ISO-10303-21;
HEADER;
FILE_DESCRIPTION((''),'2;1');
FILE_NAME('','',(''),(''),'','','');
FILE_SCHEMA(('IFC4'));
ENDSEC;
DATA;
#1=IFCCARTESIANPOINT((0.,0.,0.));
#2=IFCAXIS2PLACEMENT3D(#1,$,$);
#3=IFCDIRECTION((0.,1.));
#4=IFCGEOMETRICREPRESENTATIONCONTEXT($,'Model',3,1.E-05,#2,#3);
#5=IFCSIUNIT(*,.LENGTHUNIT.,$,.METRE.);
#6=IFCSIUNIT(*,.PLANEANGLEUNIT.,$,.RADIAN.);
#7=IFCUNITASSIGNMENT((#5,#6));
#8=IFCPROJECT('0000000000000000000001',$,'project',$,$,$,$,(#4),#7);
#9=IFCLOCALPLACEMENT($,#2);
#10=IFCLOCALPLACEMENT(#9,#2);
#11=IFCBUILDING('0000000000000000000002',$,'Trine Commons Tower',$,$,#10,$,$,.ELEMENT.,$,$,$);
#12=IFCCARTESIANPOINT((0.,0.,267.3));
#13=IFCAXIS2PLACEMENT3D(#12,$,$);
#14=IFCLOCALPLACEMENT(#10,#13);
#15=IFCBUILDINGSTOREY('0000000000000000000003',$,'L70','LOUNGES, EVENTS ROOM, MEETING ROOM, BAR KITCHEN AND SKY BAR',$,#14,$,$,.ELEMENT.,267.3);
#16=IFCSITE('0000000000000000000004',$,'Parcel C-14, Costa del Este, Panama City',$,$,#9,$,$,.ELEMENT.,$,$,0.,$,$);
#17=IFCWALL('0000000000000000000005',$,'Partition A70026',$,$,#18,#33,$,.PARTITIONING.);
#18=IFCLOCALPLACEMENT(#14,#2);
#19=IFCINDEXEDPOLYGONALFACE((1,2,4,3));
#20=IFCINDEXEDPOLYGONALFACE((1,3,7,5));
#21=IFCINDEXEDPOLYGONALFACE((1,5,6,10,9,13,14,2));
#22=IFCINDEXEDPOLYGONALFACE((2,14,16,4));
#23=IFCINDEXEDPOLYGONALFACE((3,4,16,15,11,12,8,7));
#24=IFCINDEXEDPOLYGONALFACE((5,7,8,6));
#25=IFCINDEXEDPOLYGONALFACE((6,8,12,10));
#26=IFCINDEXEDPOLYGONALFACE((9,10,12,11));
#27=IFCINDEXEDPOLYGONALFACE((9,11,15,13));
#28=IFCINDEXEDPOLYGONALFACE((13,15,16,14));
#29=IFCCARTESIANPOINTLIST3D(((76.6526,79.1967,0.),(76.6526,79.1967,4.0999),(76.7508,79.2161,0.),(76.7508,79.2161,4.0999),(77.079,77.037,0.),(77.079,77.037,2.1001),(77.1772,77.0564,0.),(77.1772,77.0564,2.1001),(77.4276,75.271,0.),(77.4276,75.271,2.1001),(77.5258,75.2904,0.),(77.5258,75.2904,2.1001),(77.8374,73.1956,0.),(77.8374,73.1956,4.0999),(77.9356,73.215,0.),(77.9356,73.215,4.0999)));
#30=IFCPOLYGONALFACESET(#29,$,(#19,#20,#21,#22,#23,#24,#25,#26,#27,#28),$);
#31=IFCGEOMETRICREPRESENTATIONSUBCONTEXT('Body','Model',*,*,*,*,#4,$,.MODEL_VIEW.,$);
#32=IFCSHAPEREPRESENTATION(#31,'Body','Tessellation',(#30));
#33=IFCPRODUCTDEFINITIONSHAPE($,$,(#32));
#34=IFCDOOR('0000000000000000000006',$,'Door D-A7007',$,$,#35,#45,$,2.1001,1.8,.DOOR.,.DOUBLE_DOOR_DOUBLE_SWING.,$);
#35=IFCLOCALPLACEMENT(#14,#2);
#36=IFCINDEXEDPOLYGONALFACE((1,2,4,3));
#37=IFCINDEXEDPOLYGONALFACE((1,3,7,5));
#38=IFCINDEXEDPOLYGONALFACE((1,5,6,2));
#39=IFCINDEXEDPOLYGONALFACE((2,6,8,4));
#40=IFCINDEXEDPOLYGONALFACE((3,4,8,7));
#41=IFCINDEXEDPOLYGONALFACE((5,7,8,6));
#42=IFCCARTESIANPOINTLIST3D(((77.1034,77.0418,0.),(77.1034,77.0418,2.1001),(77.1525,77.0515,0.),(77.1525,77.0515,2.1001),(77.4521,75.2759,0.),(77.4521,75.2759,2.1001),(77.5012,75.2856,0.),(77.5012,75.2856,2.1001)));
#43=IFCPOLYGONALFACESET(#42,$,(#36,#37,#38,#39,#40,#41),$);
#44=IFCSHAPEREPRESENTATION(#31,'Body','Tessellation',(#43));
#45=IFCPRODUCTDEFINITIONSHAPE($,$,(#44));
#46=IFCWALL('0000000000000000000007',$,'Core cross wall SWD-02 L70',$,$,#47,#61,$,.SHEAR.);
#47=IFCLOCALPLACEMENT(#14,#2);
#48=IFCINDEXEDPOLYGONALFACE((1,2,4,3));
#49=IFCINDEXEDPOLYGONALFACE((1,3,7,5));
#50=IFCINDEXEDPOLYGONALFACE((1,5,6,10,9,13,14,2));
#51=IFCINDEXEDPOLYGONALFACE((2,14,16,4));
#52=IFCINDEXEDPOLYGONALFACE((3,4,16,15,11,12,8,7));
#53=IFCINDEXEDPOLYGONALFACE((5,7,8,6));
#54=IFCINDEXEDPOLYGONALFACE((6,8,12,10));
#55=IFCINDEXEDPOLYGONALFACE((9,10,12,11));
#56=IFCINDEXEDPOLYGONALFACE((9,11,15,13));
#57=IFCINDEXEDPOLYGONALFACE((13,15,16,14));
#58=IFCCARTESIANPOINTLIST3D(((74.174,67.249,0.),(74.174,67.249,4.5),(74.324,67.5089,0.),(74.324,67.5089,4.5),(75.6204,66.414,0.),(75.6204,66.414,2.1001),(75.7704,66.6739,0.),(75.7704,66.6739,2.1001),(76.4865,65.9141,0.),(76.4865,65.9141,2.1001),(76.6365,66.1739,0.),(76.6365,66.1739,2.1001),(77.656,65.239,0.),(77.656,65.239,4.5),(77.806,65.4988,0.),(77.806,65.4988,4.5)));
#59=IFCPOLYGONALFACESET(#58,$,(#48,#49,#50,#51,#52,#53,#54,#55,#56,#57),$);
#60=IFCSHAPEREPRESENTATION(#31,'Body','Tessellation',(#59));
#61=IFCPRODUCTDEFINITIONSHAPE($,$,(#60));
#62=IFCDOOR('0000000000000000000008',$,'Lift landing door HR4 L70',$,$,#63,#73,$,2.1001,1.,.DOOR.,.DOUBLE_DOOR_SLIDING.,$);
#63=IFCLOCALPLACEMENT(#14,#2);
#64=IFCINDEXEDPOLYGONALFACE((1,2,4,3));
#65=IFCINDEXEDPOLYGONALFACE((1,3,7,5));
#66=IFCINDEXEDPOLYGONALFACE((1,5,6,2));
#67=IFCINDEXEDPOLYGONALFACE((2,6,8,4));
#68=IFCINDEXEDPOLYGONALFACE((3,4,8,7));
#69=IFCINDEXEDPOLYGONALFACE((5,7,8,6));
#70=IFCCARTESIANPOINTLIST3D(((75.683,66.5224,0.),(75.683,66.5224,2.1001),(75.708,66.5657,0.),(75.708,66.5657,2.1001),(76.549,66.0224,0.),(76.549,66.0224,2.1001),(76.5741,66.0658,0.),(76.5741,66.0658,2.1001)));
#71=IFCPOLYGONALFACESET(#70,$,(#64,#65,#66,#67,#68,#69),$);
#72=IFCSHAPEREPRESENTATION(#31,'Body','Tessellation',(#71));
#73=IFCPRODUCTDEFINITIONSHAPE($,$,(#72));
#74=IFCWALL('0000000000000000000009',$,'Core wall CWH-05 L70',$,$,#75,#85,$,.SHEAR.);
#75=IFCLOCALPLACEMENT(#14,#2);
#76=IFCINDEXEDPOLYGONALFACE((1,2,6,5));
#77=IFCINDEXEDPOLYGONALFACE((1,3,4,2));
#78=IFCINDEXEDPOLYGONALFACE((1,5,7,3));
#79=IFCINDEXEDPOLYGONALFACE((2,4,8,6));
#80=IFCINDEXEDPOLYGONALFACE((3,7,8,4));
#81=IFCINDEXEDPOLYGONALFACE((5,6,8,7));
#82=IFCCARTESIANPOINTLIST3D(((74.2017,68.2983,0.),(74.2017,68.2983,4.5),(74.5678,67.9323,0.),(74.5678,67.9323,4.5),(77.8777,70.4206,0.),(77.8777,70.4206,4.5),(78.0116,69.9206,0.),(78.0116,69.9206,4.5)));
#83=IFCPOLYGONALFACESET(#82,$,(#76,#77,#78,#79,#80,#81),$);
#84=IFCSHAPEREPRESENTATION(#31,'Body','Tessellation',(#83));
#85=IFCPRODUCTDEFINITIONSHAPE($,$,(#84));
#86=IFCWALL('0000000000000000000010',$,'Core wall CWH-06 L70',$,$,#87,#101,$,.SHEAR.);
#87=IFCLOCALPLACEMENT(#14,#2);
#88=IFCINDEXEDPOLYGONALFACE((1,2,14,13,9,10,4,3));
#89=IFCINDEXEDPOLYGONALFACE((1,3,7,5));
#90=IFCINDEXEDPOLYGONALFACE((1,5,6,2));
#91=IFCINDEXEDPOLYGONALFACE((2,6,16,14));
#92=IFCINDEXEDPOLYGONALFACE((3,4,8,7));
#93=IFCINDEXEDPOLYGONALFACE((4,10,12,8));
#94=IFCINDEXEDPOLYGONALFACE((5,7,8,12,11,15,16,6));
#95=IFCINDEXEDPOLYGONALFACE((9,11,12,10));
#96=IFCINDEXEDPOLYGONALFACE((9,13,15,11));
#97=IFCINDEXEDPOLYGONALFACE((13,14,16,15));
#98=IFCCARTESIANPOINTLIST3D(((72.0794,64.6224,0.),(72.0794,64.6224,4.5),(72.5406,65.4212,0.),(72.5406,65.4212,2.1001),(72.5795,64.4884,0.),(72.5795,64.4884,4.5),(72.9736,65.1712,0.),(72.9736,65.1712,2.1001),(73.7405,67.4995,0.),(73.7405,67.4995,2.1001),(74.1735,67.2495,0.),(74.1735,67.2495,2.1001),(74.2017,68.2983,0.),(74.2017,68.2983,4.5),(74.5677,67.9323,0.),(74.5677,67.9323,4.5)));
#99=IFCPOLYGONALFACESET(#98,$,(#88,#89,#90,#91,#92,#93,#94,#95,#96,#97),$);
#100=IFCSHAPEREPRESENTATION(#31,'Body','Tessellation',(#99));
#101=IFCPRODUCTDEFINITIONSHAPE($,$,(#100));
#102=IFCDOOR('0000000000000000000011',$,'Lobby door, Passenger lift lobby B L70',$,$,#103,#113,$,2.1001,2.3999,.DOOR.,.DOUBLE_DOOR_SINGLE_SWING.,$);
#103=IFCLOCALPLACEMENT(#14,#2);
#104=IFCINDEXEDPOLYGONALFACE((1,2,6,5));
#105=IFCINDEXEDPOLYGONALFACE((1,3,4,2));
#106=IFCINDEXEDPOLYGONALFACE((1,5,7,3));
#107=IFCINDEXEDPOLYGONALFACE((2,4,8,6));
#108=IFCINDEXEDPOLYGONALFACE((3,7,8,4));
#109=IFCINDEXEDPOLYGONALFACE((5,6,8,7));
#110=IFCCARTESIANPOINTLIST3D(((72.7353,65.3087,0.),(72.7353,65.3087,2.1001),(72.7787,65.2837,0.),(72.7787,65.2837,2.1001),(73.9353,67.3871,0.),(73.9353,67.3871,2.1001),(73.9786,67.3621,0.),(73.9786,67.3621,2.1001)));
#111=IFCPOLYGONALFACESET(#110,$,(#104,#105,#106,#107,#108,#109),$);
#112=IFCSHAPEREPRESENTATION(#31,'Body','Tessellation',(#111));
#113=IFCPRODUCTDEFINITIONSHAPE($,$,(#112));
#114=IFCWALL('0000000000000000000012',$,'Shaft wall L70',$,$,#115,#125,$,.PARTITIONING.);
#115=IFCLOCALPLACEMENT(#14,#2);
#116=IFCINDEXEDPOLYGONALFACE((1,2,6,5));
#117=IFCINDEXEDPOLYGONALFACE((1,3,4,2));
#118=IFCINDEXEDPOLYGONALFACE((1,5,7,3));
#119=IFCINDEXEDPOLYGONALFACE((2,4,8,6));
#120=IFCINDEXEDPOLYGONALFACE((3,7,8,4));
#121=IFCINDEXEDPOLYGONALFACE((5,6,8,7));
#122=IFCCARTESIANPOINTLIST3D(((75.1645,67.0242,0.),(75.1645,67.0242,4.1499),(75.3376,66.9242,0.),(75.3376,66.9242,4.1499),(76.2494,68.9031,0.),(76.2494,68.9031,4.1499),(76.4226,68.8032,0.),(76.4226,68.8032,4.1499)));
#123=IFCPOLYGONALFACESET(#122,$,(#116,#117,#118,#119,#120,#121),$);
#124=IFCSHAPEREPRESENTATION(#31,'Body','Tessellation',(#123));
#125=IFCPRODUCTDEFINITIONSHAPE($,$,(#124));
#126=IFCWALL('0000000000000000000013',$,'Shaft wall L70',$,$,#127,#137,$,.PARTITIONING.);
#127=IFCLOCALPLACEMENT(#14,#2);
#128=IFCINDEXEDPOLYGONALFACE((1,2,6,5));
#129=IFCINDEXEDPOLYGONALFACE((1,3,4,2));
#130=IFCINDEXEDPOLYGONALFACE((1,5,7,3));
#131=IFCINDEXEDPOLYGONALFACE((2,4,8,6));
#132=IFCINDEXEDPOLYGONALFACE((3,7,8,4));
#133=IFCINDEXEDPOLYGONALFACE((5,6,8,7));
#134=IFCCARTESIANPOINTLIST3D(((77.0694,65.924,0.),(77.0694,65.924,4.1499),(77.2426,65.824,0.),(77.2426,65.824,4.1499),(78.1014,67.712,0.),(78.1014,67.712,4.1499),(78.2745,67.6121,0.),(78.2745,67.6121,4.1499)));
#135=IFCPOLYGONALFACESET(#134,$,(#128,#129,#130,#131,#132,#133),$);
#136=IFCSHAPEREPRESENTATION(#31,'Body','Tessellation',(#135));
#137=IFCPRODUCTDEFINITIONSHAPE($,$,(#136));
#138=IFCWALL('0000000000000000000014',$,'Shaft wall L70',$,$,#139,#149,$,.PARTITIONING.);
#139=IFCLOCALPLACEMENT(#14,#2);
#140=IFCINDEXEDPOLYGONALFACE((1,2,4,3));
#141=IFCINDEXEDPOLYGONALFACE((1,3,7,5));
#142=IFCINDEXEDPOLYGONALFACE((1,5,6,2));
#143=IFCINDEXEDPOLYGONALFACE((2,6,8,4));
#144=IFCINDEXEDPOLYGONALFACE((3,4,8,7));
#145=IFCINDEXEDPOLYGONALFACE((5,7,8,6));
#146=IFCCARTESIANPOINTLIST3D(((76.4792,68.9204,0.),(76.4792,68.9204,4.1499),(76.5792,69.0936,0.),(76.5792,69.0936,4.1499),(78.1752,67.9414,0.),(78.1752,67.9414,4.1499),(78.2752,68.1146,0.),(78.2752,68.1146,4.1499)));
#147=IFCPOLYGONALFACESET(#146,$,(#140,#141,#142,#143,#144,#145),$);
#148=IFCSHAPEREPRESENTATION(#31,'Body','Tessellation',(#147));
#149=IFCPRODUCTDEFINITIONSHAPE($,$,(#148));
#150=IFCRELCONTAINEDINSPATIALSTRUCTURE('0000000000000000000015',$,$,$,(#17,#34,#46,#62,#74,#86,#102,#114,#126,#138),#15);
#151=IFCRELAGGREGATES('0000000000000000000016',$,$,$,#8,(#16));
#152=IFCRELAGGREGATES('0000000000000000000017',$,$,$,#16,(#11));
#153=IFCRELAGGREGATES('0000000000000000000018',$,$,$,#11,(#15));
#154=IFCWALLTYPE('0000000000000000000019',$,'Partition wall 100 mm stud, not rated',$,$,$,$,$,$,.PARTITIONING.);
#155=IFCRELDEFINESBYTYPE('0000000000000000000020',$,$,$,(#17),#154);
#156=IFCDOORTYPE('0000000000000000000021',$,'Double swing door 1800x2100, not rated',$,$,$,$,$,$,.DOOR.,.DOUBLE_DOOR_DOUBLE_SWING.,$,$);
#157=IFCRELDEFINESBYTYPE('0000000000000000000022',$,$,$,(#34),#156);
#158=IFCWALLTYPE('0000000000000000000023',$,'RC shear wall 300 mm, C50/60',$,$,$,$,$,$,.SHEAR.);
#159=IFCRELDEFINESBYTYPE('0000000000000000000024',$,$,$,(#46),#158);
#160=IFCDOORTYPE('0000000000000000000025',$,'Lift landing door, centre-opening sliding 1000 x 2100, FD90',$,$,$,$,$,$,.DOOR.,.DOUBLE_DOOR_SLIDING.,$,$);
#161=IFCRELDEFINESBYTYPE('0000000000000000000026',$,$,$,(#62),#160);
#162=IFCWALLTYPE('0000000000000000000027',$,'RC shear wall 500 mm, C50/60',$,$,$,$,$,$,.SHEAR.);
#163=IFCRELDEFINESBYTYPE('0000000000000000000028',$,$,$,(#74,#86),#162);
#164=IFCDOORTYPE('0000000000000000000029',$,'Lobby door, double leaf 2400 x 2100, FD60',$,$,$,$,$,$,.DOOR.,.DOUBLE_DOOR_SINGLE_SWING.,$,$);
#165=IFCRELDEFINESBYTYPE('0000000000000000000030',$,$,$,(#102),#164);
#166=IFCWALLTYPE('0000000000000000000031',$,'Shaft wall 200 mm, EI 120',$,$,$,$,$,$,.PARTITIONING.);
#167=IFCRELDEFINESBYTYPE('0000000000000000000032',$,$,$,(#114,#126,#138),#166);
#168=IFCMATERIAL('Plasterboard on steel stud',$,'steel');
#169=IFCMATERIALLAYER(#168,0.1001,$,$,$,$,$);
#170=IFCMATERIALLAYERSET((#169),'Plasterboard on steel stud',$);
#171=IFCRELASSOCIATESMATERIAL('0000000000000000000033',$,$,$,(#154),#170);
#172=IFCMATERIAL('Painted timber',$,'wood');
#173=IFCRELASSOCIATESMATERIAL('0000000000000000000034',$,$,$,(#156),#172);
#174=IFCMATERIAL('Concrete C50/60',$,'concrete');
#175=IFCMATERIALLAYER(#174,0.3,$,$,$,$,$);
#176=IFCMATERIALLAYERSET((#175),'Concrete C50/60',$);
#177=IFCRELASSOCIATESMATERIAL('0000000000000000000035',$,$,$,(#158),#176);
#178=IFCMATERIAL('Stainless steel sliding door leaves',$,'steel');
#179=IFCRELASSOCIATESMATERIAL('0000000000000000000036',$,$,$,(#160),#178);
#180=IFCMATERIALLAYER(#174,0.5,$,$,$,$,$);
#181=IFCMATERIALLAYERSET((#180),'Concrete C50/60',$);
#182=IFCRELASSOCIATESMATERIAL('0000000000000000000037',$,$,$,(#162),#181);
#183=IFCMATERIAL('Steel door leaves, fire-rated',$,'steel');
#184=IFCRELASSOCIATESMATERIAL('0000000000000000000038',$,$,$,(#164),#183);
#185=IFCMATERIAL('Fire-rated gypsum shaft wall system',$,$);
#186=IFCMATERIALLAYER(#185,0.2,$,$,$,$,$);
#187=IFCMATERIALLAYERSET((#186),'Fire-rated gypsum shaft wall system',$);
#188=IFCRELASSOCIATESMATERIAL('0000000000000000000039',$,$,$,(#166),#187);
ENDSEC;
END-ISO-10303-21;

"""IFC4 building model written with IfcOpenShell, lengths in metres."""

from ifc_helpers import new_model, si_unit, direction, frame, frame_2d, origin, place, context, subcontext, project, spatial, polyline, rectangle, outline, extrude, material, layer, layer_set, type_object, element, fill, save


model = new_model("IFC4")

# Units and contexts
model_context = context("Model", 3, precision=1e-05, world=origin(), true_north=direction((0.0, 1.0)))
body_context = subcontext(model_context, "Body", "Model", "MODEL_VIEW")
ifc_project = project(units=[si_unit("LENGTHUNIT", "METRE"), si_unit("PLANEANGLEUNIT", "RADIAN")], contexts=[model_context])

# Site, building, storey
site_placement = place(None, origin())
site = spatial("IfcSite", under=ifc_project, at=site_placement, Name="Parcel C-14, Costa del Este, Panama City", CompositionType="ELEMENT", RefElevation=0.0)
building_placement = place(site_placement, origin())
building = spatial("IfcBuilding", under=site, at=building_placement, Name="Trine Commons Tower", CompositionType="ELEMENT")
storey_placement = place(building_placement, frame((0.0, 0.0, 267.3)))
storey = spatial("IfcBuildingStorey", under=building, at=storey_placement, Name="L70", Description="LOUNGES, EVENTS ROOM, MEETING ROOM, BAR KITCHEN AND SKY BAR", CompositionType="ELEMENT", Elevation=267.3)

# Shared definitions
ifc_material_1 = material(Name="Plasterboard on steel stud", Category="steel")

# Walls, openings, doors
ifc_material_2 = material(Name="Fire-rated gypsum shaft wall system")
ifc_layer_1 = layer(ifc_material_1, 0.1001)
ifc_layer_set_1 = layer_set([ifc_layer_1], Name="Plasterboard on steel stud")
wall_type_1 = type_object("IfcWallType", Name="Partition wall 100 mm stud, not rated", PredefinedType="PARTITIONING", material=ifc_layer_set_1)
wall_1_placement = place(storey_placement, frame((76.7017, 79.2065, 0.0), z_axis=(0.0, 0.0, 1.0), x_axis=(0.19369, -0.981063, 0.0)))
wall_1 = element("IfcWall", 1, at=wall_1_placement, inside=storey, type_object=wall_type_1, Name="Partition A70026", PredefinedType="PARTITIONING", context=body_context, shape_type="SweptSolid", body=[
    extrude(rectangle(XDim=6.1169, YDim=0.1001, at=frame_2d((3.0586, 0.0))), origin(), (0.0, 0.0, 1.0), 4.0999),
])
opening_1_placement = place(wall_1_placement, frame((2.2017, 0.0, 0.0)))
opening_1 = element("IfcOpeningElement", 2, at=opening_1_placement, cuts=wall_1, PredefinedType="OPENING", context=body_context, shape_type="SweptSolid", body=[
    extrude(rectangle(XDim=1.8, YDim=2.1001, at=frame_2d((0.8999, 1.05))), frame((0.0, 0.0601, 0.0), z_axis=(0.0, -1.0, 0.0), x_axis=(1.0, 0.0, 0.0)), (0.0, 0.0, 1.0), 0.1201),
])
ifc_material_3 = material(Name="Painted timber", Category="wood")
door_type_1 = type_object("IfcDoorType", Name="Double swing door 1800x2100, not rated", OperationType="DOUBLE_DOOR_DOUBLE_SWING", PredefinedType="DOOR", material=ifc_material_3)
door_1_placement = place(opening_1_placement, origin())
door_1 = element("IfcDoor", 3, at=door_1_placement, inside=storey, type_object=door_type_1, Name="Door D-A7007", OperationType="DOUBLE_DOOR_DOUBLE_SWING", OverallHeight=2.1001, OverallWidth=1.8, PredefinedType="DOOR", context=body_context, shape_type="SweptSolid", body=[
    extrude(rectangle(XDim=1.8, YDim=2.1001, at=frame_2d((0.8999, 1.05))), frame((0.0, 0.0249, 0.0), z_axis=(0.0, -1.0, 0.0), x_axis=(1.0, 0.0, 0.0)), (0.0, 0.0, 1.0), 0.05),
])
fill(opening_1, door_1)
ifc_material_4 = material(Name="Concrete C50/60", Category="concrete")
ifc_layer_2 = layer(ifc_material_4, 0.3)
ifc_layer_set_2 = layer_set([ifc_layer_2], Name="Concrete C50/60")
wall_type_2 = type_object("IfcWallType", Name="RC shear wall 300 mm, C50/60", PredefinedType="SHEAR", material=ifc_layer_set_2)
wall_2_placement = place(storey_placement, frame((77.731, 65.3689, 0.0), z_axis=(0.0, 0.0, 1.0), x_axis=(-0.866056, 0.499947, 0.0)))
wall_2 = element("IfcWall", 4, at=wall_2_placement, inside=storey, type_object=wall_type_2, Name="Core cross wall SWD-02 L70", PredefinedType="SHEAR", context=body_context, shape_type="SweptSolid", body=[
    extrude(rectangle(XDim=4.0205, YDim=0.3, at=frame_2d((2.0103, 0.0))), origin(), (0.0, 0.0, 1.0), 4.5),
])
opening_2_placement = place(wall_2_placement, frame((1.3503, 0.0, 0.0)))
opening_2 = element("IfcOpeningElement", 5, at=opening_2_placement, cuts=wall_2, PredefinedType="OPENING", context=body_context, shape_type="SweptSolid", body=[
    extrude(rectangle(XDim=1.0, YDim=2.1001, at=frame_2d((0.5, 1.05))), frame((0.0, 0.1599, 0.0), z_axis=(0.0, -1.0, 0.0), x_axis=(1.0, 0.0, 0.0)), (0.0, 0.0, 1.0), 0.3201),
])
ifc_material_5 = material(Name="Stainless steel sliding door leaves", Category="steel")
door_type_2 = type_object("IfcDoorType", Name="Lift landing door, centre-opening sliding 1000 x 2100, FD90", OperationType="DOUBLE_DOOR_SLIDING", PredefinedType="DOOR", material=ifc_material_5)
door_2_placement = place(opening_2_placement, origin())
door_2 = element("IfcDoor", 6, at=door_2_placement, inside=storey, type_object=door_type_2, Name="Lift landing door HR4 L70", OperationType="DOUBLE_DOOR_SLIDING", OverallHeight=2.1001, OverallWidth=1.0, PredefinedType="DOOR", context=body_context, shape_type="SweptSolid", body=[
    extrude(rectangle(XDim=1.0, YDim=2.1001, at=frame_2d((0.5, 1.05))), frame((0.0, 0.0249, 0.0), z_axis=(0.0, -1.0, 0.0), x_axis=(1.0, 0.0, 0.0)), (0.0, 0.0, 1.0), 0.05),
])
fill(opening_2, door_2)

# Wall
ifc_layer_3 = layer(ifc_material_4, 0.5)
ifc_layer_set_3 = layer_set([ifc_layer_3], Name="Concrete C50/60")
wall_type_3 = type_object("IfcWallType", Name="RC shear wall 500 mm, C50/60", PredefinedType="SHEAR", material=ifc_layer_set_3)
wall_3_placement = place(storey_placement, frame((78.0027, 70.2041, 0.0), z_axis=(0.0, 0.0, 1.0), x_axis=(-0.866029, -0.499993, 0.0)))
element("IfcWall", 7, at=wall_3_placement, inside=storey, type_object=wall_type_3, Name="Core wall CWH-05 L70", PredefinedType="SHEAR", context=body_context, shape_type="SweptSolid", body=[
    extrude(outline(polyline([(0.0, -0.25), (4.2446, -0.25), (4.1106, 0.25), (0.134, 0.25), (0.0, -0.25)])), origin(), (0.0, 0.0, 1.0), 4.5),
])

# Wall, opening, door
wall_4_placement = place(storey_placement, frame((74.4182, 68.1733, 0.0), z_axis=(0.0, 0.0, 1.0), x_axis=(-0.499993, -0.866029, 0.0)))
wall_4 = element("IfcWall", 8, at=wall_4_placement, inside=storey, type_object=wall_type_3, Name="Core wall CWH-06 L70", PredefinedType="SHEAR", context=body_context, shape_type="SweptSolid", body=[
    extrude(outline(polyline([(0.0, -0.25), (4.2446, -0.25), (4.1106, 0.25), (0.134, 0.25), (0.0, -0.25)])), origin(), (0.0, 0.0, 1.0), 4.5),
])
opening_3_placement = place(wall_4_placement, frame((0.9224, 0.0, 0.0)))
opening_3 = element("IfcOpeningElement", 9, at=opening_3_placement, cuts=wall_4, PredefinedType="OPENING", context=body_context, shape_type="SweptSolid", body=[
    extrude(rectangle(XDim=2.3999, YDim=2.1001, at=frame_2d((1.2, 1.05))), frame((0.0, 0.26, 0.0), z_axis=(0.0, -1.0, 0.0), x_axis=(1.0, 0.0, 0.0)), (0.0, 0.0, 1.0), 0.52),
])
ifc_material_6 = material(Name="Steel door leaves, fire-rated", Category="steel")
door_type_3 = type_object("IfcDoorType", Name="Lobby door, double leaf 2400 x 2100, FD60", OperationType="DOUBLE_DOOR_SINGLE_SWING", PredefinedType="DOOR", material=ifc_material_6)
door_3_placement = place(opening_3_placement, origin())
door_3 = element("IfcDoor", 10, at=door_3_placement, inside=storey, type_object=door_type_3, Name="Lobby door, Passenger lift lobby B L70", OperationType="DOUBLE_DOOR_SINGLE_SWING", OverallHeight=2.1001, OverallWidth=2.3999, PredefinedType="DOOR", context=body_context, shape_type="SweptSolid", body=[
    extrude(rectangle(XDim=2.3999, YDim=2.1001, at=frame_2d((1.2, 1.05))), frame((0.0, 0.0249, 0.0), z_axis=(0.0, -1.0, 0.0), x_axis=(1.0, 0.0, 0.0)), (0.0, 0.0, 1.0), 0.05),
])
fill(opening_3, door_3)

# Walls
ifc_layer_4 = layer(ifc_material_2, 0.2)
ifc_layer_set_4 = layer_set([ifc_layer_4], Name="Fire-rated gypsum shaft wall system")
wall_type_4 = type_object("IfcWallType", Name="Shaft wall 200 mm, EI 120", PredefinedType="PARTITIONING", material=ifc_layer_set_4)
wall_5_placement = place(storey_placement, frame((75.251, 66.9741, 0.0), z_axis=(0.0, 0.0, 1.0), x_axis=(0.50006, 0.865991, 0.0)))
element("IfcWall", 11, at=wall_5_placement, inside=storey, type_object=wall_type_4, Name="Shaft wall L70", PredefinedType="PARTITIONING", context=body_context, shape_type="SweptSolid", body=[
    extrude(rectangle(XDim=2.1697, YDim=0.2, at=frame_2d((1.085, 0.0))), origin(), (0.0, 0.0, 1.0), 4.1499),
])
wall_6_placement = place(storey_placement, frame((77.156, 65.874, 0.0), z_axis=(0.0, 0.0, 1.0), x_axis=(0.499866, 0.866103, 0.0)))
element("IfcWall", 12, at=wall_6_placement, inside=storey, type_object=wall_type_4, Name="Shaft wall L70", PredefinedType="PARTITIONING", context=body_context, shape_type="SweptSolid", body=[
    extrude(rectangle(XDim=2.0645, YDim=0.2, at=frame_2d((1.0322, 0.0))), origin(), (0.0, 0.0, 1.0), 4.1499),
])
wall_7_placement = place(storey_placement, frame((78.2251, 68.0281, 0.0), z_axis=(0.0, 0.0, 1.0), x_axis=(-0.866071, 0.49992, 0.0)))
element("IfcWall", 13, at=wall_7_placement, inside=storey, type_object=wall_type_4, Name="Shaft wall L70", PredefinedType="PARTITIONING", context=body_context, shape_type="SweptSolid", body=[
    extrude(rectangle(XDim=1.9583, YDim=0.2, at=frame_2d((0.979, 0.0))), origin(), (0.0, 0.0, 1.0), 4.1499),
])

save(model, "model.ifc")
